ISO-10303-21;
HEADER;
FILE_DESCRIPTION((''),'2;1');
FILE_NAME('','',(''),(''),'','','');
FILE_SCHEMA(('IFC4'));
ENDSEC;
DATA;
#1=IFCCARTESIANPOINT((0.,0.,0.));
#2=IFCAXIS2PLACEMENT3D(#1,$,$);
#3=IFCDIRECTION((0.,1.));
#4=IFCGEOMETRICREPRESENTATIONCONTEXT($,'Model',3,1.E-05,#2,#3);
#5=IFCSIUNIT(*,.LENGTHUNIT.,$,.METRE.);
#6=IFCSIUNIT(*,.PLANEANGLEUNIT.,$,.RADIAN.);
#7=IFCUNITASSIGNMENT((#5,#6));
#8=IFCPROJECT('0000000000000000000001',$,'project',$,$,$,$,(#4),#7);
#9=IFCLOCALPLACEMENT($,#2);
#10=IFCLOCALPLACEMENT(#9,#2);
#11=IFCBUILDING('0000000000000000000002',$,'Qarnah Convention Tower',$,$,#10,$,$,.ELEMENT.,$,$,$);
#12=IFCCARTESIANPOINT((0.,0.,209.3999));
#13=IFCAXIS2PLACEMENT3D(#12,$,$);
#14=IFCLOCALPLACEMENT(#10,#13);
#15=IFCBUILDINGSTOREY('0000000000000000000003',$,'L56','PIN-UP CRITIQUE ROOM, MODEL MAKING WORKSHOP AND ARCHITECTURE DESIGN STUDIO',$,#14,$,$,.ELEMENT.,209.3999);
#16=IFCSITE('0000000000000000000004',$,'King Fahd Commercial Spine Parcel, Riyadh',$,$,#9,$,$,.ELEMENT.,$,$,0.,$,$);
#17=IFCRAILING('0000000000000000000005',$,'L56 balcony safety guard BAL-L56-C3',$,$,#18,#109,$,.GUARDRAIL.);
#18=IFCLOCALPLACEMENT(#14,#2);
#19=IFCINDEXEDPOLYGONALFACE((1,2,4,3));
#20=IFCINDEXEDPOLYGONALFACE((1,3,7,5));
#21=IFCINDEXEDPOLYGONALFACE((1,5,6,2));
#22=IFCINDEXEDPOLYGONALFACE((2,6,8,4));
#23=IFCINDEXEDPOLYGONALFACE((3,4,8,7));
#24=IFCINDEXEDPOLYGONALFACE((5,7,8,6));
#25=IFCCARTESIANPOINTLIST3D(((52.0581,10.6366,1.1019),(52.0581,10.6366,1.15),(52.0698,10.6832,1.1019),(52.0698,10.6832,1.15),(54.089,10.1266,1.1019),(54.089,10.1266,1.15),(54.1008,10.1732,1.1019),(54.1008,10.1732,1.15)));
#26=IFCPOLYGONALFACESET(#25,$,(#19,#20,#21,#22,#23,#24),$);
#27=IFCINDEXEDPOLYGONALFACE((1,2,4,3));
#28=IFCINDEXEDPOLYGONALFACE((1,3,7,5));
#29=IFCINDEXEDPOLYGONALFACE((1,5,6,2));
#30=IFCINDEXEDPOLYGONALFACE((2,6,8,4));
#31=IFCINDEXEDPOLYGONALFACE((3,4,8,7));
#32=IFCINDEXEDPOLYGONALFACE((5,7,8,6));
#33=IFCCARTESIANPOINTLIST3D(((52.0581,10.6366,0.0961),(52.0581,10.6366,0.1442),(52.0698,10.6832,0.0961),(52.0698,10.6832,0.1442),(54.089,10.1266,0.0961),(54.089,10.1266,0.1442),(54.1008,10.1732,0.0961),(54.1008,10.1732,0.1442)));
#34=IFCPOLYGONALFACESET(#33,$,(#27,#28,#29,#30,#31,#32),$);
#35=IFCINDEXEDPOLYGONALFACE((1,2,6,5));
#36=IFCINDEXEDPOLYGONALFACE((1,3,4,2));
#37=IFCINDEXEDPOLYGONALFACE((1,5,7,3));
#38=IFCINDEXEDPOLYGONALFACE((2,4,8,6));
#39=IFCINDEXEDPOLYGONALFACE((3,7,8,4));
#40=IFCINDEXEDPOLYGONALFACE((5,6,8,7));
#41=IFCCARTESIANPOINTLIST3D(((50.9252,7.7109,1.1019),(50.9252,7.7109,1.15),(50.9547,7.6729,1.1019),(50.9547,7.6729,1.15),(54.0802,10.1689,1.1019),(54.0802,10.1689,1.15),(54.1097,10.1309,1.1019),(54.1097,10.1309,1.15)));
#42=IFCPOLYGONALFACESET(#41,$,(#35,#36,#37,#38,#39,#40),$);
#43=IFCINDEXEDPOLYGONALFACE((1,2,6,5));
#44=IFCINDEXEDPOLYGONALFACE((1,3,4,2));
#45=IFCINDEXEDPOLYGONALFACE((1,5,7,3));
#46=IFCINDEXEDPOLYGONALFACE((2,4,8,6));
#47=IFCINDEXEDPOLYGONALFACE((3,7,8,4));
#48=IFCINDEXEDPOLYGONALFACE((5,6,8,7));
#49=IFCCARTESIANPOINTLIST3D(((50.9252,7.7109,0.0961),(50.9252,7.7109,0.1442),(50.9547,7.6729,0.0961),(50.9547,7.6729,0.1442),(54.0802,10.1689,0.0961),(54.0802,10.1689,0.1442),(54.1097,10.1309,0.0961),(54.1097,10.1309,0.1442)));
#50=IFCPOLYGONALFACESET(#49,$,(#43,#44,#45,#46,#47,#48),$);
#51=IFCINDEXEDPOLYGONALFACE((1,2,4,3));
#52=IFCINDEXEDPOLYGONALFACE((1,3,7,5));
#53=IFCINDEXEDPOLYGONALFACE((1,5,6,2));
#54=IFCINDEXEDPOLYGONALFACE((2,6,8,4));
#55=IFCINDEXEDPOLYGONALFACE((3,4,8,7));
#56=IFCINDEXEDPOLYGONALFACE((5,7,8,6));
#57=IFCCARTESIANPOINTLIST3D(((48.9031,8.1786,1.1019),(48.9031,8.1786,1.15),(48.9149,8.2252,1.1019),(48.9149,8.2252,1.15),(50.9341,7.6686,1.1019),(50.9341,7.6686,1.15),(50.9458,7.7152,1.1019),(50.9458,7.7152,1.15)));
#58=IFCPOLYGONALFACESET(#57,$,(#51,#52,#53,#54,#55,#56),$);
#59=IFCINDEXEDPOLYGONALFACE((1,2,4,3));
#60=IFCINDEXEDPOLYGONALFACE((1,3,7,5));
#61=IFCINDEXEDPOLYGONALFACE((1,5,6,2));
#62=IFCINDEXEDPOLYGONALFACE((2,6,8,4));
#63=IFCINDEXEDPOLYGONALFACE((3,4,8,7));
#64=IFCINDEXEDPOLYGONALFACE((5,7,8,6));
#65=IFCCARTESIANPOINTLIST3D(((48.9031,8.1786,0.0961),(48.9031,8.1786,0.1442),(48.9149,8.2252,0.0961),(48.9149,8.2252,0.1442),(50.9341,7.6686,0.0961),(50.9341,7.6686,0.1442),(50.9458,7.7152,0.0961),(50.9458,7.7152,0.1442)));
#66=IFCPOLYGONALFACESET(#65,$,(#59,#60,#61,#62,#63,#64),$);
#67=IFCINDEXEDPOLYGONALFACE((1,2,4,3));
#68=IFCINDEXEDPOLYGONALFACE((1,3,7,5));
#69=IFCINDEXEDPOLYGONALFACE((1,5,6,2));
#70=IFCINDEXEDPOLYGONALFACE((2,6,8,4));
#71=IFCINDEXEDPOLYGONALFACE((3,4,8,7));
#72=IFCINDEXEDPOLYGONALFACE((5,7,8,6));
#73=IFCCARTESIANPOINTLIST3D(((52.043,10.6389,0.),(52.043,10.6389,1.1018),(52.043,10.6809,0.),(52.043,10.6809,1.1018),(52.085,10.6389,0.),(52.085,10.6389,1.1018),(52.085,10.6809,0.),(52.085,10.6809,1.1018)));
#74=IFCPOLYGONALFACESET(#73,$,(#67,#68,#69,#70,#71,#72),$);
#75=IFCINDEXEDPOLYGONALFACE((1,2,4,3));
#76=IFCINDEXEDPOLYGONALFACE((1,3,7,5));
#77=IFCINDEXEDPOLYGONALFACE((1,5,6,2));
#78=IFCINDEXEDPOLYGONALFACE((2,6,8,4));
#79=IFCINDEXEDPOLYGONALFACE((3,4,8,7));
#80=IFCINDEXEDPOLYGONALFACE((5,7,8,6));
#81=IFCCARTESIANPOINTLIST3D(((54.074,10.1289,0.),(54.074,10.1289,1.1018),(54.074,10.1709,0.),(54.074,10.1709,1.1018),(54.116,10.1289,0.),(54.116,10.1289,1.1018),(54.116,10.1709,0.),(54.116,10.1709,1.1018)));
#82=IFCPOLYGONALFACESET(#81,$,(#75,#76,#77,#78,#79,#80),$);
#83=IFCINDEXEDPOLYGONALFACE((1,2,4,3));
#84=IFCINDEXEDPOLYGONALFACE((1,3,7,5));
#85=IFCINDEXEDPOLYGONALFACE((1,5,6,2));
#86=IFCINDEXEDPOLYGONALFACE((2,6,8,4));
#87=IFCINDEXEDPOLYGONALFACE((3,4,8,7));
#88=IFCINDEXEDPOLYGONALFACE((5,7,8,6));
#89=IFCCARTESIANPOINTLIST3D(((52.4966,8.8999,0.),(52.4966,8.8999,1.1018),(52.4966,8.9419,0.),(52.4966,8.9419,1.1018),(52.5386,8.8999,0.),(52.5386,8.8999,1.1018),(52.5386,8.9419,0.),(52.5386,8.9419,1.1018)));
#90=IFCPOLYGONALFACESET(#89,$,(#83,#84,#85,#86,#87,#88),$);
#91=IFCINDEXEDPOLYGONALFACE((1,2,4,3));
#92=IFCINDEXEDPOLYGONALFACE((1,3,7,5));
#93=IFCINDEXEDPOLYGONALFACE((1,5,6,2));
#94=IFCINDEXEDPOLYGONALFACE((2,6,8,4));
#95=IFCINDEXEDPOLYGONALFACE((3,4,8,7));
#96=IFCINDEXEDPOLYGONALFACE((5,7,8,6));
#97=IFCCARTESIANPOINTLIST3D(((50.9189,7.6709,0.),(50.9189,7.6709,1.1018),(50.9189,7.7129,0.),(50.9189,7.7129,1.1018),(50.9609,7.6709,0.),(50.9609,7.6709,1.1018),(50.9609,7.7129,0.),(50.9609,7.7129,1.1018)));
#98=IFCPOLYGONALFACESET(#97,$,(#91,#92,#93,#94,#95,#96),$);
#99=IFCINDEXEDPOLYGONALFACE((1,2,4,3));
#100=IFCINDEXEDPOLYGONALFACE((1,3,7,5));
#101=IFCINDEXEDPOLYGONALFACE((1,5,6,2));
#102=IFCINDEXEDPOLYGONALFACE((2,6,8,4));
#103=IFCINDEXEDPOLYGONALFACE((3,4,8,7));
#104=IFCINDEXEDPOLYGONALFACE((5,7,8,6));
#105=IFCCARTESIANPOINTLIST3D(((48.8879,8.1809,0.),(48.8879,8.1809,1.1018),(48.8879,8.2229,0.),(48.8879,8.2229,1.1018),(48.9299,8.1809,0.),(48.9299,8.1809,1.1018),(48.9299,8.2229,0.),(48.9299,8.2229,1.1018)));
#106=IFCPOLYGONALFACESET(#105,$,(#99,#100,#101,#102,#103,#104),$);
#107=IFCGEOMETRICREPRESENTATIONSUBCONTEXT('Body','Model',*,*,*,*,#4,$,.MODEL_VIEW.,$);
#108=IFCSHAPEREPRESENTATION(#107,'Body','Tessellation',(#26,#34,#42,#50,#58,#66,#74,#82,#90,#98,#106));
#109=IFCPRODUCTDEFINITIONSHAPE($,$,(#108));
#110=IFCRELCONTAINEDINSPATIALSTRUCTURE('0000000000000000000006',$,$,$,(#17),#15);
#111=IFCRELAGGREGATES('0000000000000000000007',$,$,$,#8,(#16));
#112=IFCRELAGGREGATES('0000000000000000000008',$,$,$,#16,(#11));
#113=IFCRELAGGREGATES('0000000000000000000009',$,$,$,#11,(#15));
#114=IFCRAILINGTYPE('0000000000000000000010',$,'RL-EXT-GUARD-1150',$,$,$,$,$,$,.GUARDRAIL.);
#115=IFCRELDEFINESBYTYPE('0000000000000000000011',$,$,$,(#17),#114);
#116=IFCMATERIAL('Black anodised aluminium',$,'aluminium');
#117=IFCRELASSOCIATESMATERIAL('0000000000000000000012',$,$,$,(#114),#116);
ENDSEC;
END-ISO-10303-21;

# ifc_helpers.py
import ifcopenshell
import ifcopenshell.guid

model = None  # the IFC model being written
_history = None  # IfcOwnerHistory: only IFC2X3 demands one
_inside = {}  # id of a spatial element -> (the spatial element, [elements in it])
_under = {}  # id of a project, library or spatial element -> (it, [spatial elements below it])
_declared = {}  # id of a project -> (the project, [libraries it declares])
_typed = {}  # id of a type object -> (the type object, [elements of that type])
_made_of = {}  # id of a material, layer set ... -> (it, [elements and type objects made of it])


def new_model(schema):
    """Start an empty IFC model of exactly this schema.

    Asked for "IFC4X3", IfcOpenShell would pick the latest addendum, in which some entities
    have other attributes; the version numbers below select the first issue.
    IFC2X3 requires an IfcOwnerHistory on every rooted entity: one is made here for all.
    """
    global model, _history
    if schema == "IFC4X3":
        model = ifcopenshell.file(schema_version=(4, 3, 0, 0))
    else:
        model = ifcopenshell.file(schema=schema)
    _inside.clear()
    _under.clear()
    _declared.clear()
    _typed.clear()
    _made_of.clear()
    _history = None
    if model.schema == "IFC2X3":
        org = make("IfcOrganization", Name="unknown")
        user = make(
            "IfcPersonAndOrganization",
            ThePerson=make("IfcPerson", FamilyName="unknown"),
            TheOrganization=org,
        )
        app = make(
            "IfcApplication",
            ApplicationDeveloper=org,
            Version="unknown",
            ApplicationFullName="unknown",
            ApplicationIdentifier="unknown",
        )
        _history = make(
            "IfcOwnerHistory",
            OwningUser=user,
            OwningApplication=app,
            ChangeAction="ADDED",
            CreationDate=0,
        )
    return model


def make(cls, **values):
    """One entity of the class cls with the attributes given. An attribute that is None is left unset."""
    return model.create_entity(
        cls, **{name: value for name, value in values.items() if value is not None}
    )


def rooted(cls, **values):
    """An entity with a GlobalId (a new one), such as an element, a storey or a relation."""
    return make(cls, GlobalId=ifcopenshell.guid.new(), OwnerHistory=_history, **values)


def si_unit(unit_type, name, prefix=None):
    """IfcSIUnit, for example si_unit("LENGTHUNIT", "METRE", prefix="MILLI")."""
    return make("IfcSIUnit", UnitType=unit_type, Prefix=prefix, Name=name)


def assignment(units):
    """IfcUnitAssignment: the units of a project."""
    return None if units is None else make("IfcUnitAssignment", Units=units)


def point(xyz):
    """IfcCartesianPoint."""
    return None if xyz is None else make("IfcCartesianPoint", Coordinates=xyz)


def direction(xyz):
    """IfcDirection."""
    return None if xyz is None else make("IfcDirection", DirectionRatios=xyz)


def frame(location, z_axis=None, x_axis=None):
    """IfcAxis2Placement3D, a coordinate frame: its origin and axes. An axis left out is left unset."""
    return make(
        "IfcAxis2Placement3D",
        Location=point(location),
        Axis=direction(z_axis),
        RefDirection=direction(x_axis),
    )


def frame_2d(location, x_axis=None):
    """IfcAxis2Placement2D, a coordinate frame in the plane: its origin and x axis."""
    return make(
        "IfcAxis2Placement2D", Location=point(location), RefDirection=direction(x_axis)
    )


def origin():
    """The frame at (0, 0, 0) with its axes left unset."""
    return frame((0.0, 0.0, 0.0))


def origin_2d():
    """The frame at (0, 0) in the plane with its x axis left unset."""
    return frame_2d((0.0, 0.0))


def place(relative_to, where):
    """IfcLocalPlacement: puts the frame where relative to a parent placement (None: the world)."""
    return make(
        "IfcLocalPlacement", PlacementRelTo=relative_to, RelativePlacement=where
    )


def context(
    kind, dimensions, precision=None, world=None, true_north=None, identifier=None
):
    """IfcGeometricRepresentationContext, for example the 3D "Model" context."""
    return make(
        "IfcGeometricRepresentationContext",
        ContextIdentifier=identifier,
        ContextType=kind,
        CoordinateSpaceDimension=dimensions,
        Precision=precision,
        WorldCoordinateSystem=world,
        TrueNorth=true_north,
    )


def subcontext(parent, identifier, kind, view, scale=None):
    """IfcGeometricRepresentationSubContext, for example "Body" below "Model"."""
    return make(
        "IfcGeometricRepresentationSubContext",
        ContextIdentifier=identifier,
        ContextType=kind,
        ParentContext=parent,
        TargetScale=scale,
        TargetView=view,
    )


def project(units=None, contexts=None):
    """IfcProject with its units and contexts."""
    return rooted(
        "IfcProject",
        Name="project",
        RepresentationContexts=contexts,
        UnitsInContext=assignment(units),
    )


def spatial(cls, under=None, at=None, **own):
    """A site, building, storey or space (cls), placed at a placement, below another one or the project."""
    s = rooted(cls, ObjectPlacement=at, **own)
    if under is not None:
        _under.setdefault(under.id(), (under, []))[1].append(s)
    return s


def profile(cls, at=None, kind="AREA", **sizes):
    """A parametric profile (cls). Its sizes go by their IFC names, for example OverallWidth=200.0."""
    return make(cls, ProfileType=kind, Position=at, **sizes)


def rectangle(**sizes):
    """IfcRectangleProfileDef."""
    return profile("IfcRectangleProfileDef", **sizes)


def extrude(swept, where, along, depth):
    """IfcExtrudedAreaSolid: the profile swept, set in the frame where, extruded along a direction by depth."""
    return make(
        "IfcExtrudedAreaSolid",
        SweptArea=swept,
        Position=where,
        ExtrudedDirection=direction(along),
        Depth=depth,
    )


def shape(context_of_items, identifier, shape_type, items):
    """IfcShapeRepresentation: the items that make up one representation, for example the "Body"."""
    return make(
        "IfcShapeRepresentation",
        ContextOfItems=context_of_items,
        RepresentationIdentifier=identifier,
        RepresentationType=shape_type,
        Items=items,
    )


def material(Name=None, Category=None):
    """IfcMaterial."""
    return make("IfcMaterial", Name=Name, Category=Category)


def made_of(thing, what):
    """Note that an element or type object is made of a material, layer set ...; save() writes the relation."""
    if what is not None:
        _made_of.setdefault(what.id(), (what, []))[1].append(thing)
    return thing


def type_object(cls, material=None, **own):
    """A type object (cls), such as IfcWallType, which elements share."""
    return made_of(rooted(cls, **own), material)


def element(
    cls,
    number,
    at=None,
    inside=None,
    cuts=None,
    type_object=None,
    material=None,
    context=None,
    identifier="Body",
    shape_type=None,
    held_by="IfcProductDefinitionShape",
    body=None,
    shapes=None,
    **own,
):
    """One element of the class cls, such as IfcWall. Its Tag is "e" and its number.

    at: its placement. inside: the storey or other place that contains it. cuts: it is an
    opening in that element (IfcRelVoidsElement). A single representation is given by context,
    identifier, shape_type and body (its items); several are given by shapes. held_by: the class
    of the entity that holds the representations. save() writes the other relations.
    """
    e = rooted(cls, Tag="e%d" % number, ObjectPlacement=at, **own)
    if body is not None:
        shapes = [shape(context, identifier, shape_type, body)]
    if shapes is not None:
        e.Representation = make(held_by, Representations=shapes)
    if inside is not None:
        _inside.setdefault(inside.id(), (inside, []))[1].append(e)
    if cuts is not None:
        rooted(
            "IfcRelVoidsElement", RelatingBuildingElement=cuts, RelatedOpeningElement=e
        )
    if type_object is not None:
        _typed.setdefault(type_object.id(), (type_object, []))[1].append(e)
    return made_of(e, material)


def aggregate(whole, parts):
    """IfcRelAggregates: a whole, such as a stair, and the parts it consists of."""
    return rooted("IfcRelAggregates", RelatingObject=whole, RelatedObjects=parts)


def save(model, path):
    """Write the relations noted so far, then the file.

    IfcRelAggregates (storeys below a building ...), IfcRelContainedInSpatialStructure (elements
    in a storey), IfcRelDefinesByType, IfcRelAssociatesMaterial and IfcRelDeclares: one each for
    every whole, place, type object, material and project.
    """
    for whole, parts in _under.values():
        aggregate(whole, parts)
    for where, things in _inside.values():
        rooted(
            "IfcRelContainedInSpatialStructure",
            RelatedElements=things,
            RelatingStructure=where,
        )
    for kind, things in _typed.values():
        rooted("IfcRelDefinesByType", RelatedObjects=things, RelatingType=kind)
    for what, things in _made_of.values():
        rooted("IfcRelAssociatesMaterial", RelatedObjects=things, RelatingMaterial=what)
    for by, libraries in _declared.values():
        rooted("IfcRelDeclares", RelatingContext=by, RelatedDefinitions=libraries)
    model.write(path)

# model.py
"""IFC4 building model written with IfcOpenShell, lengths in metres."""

from ifc_helpers import new_model, si_unit, direction, frame, origin, origin_2d, place, context, subcontext, project, spatial, rectangle, extrude, material, type_object, element, save


model = new_model("IFC4")

# Units and contexts
model_context = context("Model", 3, precision=1e-05, world=origin(), true_north=direction((0.0, 1.0)))
body_context = subcontext(model_context, "Body", "Model", "MODEL_VIEW")
ifc_project = project(units=[si_unit("LENGTHUNIT", "METRE"), si_unit("PLANEANGLEUNIT", "RADIAN")], contexts=[model_context])

# Site, building, storey
site_placement = place(None, origin())
site = spatial("IfcSite", under=ifc_project, at=site_placement, Name="King Fahd Commercial Spine Parcel, Riyadh", CompositionType="ELEMENT", RefElevation=0.0)
building_placement = place(site_placement, origin())
building = spatial("IfcBuilding", under=site, at=building_placement, Name="Qarnah Convention Tower", CompositionType="ELEMENT")
storey_placement = place(building_placement, frame((0.0, 0.0, 209.3999)))
storey = spatial("IfcBuildingStorey", under=building, at=storey_placement, Name="L56", Description="PIN-UP CRITIQUE ROOM, MODEL MAKING WORKSHOP AND ARCHITECTURE DESIGN STUDIO", CompositionType="ELEMENT", Elevation=209.3999)

# Shared definitions
ifc_material_1 = material(Name="Black anodised aluminium", Category="aluminium")

# Railing
railing_type = type_object("IfcRailingType", Name="RL-EXT-GUARD-1150", PredefinedType="GUARDRAIL", material=ifc_material_1)
railing_1_placement = place(storey_placement, frame((52.064, 10.6599, 0.0)))
element("IfcRailing", 1, at=railing_1_placement, inside=storey, type_object=railing_type, Name="L56 balcony safety guard BAL-L56-C3", PredefinedType="GUARDRAIL", context=body_context, shape_type="SweptSolid", body=[
    extrude(rectangle(XDim=0.0481, YDim=0.0481, at=origin_2d()), frame((0.0, 0.0, 1.126), z_axis=(0.969888, -0.24355, 0.0), x_axis=(0.24355, 0.969888, 0.0)), (0.0, 0.0, 1.0), 2.094),
    extrude(rectangle(XDim=0.0481, YDim=0.0481, at=origin_2d()), frame((0.0, 0.0, 0.1201), z_axis=(0.969888, -0.24355, 0.0), x_axis=(0.24355, 0.969888, 0.0)), (0.0, 0.0, 1.0), 2.094),
    extrude(rectangle(XDim=0.0481, YDim=0.0481, at=origin_2d()), frame((2.031, -0.51, 1.126), z_axis=(-0.788856, -0.614579, 0.0), x_axis=(0.614579, -0.788856, 0.0)), (0.0, 0.0, 1.0), 3.9995),
    extrude(rectangle(XDim=0.0481, YDim=0.0481, at=origin_2d()), frame((2.031, -0.51, 0.1201), z_axis=(-0.788856, -0.614579, 0.0), x_axis=(0.614579, -0.788856, 0.0)), (0.0, 0.0, 1.0), 3.9995),
    extrude(rectangle(XDim=0.0481, YDim=0.0481, at=origin_2d()), frame((-1.124, -2.968, 1.126), z_axis=(-0.969888, 0.24355, 0.0), x_axis=(-0.24355, -0.969888, 0.0)), (0.0, 0.0, 1.0), 2.094),
    extrude(rectangle(XDim=0.0481, YDim=0.0481, at=origin_2d()), frame((-1.124, -2.968, 0.1201), z_axis=(-0.969888, 0.24355, 0.0), x_axis=(-0.24355, -0.969888, 0.0)), (0.0, 0.0, 1.0), 2.094),
    extrude(rectangle(XDim=0.042, YDim=0.042, at=origin_2d()), origin(), (0.0, 0.0, 1.0), 1.1018),
    extrude(rectangle(XDim=0.042, YDim=0.042, at=origin_2d()), frame((2.031, -0.51, 0.0)), (0.0, 0.0, 1.0), 1.1018),
    extrude(rectangle(XDim=0.042, YDim=0.042, at=origin_2d()), frame((0.4536, -1.739, 0.0)), (0.0, 0.0, 1.0), 1.1018),
    extrude(rectangle(XDim=0.042, YDim=0.042, at=origin_2d()), frame((-1.124, -2.968, 0.0)), (0.0, 0.0, 1.0), 1.1018),
    extrude(rectangle(XDim=0.042, YDim=0.042, at=origin_2d()), frame((-3.155, -2.458, 0.0)), (0.0, 0.0, 1.0), 1.1018),
])

save(model, "model.ifc")
